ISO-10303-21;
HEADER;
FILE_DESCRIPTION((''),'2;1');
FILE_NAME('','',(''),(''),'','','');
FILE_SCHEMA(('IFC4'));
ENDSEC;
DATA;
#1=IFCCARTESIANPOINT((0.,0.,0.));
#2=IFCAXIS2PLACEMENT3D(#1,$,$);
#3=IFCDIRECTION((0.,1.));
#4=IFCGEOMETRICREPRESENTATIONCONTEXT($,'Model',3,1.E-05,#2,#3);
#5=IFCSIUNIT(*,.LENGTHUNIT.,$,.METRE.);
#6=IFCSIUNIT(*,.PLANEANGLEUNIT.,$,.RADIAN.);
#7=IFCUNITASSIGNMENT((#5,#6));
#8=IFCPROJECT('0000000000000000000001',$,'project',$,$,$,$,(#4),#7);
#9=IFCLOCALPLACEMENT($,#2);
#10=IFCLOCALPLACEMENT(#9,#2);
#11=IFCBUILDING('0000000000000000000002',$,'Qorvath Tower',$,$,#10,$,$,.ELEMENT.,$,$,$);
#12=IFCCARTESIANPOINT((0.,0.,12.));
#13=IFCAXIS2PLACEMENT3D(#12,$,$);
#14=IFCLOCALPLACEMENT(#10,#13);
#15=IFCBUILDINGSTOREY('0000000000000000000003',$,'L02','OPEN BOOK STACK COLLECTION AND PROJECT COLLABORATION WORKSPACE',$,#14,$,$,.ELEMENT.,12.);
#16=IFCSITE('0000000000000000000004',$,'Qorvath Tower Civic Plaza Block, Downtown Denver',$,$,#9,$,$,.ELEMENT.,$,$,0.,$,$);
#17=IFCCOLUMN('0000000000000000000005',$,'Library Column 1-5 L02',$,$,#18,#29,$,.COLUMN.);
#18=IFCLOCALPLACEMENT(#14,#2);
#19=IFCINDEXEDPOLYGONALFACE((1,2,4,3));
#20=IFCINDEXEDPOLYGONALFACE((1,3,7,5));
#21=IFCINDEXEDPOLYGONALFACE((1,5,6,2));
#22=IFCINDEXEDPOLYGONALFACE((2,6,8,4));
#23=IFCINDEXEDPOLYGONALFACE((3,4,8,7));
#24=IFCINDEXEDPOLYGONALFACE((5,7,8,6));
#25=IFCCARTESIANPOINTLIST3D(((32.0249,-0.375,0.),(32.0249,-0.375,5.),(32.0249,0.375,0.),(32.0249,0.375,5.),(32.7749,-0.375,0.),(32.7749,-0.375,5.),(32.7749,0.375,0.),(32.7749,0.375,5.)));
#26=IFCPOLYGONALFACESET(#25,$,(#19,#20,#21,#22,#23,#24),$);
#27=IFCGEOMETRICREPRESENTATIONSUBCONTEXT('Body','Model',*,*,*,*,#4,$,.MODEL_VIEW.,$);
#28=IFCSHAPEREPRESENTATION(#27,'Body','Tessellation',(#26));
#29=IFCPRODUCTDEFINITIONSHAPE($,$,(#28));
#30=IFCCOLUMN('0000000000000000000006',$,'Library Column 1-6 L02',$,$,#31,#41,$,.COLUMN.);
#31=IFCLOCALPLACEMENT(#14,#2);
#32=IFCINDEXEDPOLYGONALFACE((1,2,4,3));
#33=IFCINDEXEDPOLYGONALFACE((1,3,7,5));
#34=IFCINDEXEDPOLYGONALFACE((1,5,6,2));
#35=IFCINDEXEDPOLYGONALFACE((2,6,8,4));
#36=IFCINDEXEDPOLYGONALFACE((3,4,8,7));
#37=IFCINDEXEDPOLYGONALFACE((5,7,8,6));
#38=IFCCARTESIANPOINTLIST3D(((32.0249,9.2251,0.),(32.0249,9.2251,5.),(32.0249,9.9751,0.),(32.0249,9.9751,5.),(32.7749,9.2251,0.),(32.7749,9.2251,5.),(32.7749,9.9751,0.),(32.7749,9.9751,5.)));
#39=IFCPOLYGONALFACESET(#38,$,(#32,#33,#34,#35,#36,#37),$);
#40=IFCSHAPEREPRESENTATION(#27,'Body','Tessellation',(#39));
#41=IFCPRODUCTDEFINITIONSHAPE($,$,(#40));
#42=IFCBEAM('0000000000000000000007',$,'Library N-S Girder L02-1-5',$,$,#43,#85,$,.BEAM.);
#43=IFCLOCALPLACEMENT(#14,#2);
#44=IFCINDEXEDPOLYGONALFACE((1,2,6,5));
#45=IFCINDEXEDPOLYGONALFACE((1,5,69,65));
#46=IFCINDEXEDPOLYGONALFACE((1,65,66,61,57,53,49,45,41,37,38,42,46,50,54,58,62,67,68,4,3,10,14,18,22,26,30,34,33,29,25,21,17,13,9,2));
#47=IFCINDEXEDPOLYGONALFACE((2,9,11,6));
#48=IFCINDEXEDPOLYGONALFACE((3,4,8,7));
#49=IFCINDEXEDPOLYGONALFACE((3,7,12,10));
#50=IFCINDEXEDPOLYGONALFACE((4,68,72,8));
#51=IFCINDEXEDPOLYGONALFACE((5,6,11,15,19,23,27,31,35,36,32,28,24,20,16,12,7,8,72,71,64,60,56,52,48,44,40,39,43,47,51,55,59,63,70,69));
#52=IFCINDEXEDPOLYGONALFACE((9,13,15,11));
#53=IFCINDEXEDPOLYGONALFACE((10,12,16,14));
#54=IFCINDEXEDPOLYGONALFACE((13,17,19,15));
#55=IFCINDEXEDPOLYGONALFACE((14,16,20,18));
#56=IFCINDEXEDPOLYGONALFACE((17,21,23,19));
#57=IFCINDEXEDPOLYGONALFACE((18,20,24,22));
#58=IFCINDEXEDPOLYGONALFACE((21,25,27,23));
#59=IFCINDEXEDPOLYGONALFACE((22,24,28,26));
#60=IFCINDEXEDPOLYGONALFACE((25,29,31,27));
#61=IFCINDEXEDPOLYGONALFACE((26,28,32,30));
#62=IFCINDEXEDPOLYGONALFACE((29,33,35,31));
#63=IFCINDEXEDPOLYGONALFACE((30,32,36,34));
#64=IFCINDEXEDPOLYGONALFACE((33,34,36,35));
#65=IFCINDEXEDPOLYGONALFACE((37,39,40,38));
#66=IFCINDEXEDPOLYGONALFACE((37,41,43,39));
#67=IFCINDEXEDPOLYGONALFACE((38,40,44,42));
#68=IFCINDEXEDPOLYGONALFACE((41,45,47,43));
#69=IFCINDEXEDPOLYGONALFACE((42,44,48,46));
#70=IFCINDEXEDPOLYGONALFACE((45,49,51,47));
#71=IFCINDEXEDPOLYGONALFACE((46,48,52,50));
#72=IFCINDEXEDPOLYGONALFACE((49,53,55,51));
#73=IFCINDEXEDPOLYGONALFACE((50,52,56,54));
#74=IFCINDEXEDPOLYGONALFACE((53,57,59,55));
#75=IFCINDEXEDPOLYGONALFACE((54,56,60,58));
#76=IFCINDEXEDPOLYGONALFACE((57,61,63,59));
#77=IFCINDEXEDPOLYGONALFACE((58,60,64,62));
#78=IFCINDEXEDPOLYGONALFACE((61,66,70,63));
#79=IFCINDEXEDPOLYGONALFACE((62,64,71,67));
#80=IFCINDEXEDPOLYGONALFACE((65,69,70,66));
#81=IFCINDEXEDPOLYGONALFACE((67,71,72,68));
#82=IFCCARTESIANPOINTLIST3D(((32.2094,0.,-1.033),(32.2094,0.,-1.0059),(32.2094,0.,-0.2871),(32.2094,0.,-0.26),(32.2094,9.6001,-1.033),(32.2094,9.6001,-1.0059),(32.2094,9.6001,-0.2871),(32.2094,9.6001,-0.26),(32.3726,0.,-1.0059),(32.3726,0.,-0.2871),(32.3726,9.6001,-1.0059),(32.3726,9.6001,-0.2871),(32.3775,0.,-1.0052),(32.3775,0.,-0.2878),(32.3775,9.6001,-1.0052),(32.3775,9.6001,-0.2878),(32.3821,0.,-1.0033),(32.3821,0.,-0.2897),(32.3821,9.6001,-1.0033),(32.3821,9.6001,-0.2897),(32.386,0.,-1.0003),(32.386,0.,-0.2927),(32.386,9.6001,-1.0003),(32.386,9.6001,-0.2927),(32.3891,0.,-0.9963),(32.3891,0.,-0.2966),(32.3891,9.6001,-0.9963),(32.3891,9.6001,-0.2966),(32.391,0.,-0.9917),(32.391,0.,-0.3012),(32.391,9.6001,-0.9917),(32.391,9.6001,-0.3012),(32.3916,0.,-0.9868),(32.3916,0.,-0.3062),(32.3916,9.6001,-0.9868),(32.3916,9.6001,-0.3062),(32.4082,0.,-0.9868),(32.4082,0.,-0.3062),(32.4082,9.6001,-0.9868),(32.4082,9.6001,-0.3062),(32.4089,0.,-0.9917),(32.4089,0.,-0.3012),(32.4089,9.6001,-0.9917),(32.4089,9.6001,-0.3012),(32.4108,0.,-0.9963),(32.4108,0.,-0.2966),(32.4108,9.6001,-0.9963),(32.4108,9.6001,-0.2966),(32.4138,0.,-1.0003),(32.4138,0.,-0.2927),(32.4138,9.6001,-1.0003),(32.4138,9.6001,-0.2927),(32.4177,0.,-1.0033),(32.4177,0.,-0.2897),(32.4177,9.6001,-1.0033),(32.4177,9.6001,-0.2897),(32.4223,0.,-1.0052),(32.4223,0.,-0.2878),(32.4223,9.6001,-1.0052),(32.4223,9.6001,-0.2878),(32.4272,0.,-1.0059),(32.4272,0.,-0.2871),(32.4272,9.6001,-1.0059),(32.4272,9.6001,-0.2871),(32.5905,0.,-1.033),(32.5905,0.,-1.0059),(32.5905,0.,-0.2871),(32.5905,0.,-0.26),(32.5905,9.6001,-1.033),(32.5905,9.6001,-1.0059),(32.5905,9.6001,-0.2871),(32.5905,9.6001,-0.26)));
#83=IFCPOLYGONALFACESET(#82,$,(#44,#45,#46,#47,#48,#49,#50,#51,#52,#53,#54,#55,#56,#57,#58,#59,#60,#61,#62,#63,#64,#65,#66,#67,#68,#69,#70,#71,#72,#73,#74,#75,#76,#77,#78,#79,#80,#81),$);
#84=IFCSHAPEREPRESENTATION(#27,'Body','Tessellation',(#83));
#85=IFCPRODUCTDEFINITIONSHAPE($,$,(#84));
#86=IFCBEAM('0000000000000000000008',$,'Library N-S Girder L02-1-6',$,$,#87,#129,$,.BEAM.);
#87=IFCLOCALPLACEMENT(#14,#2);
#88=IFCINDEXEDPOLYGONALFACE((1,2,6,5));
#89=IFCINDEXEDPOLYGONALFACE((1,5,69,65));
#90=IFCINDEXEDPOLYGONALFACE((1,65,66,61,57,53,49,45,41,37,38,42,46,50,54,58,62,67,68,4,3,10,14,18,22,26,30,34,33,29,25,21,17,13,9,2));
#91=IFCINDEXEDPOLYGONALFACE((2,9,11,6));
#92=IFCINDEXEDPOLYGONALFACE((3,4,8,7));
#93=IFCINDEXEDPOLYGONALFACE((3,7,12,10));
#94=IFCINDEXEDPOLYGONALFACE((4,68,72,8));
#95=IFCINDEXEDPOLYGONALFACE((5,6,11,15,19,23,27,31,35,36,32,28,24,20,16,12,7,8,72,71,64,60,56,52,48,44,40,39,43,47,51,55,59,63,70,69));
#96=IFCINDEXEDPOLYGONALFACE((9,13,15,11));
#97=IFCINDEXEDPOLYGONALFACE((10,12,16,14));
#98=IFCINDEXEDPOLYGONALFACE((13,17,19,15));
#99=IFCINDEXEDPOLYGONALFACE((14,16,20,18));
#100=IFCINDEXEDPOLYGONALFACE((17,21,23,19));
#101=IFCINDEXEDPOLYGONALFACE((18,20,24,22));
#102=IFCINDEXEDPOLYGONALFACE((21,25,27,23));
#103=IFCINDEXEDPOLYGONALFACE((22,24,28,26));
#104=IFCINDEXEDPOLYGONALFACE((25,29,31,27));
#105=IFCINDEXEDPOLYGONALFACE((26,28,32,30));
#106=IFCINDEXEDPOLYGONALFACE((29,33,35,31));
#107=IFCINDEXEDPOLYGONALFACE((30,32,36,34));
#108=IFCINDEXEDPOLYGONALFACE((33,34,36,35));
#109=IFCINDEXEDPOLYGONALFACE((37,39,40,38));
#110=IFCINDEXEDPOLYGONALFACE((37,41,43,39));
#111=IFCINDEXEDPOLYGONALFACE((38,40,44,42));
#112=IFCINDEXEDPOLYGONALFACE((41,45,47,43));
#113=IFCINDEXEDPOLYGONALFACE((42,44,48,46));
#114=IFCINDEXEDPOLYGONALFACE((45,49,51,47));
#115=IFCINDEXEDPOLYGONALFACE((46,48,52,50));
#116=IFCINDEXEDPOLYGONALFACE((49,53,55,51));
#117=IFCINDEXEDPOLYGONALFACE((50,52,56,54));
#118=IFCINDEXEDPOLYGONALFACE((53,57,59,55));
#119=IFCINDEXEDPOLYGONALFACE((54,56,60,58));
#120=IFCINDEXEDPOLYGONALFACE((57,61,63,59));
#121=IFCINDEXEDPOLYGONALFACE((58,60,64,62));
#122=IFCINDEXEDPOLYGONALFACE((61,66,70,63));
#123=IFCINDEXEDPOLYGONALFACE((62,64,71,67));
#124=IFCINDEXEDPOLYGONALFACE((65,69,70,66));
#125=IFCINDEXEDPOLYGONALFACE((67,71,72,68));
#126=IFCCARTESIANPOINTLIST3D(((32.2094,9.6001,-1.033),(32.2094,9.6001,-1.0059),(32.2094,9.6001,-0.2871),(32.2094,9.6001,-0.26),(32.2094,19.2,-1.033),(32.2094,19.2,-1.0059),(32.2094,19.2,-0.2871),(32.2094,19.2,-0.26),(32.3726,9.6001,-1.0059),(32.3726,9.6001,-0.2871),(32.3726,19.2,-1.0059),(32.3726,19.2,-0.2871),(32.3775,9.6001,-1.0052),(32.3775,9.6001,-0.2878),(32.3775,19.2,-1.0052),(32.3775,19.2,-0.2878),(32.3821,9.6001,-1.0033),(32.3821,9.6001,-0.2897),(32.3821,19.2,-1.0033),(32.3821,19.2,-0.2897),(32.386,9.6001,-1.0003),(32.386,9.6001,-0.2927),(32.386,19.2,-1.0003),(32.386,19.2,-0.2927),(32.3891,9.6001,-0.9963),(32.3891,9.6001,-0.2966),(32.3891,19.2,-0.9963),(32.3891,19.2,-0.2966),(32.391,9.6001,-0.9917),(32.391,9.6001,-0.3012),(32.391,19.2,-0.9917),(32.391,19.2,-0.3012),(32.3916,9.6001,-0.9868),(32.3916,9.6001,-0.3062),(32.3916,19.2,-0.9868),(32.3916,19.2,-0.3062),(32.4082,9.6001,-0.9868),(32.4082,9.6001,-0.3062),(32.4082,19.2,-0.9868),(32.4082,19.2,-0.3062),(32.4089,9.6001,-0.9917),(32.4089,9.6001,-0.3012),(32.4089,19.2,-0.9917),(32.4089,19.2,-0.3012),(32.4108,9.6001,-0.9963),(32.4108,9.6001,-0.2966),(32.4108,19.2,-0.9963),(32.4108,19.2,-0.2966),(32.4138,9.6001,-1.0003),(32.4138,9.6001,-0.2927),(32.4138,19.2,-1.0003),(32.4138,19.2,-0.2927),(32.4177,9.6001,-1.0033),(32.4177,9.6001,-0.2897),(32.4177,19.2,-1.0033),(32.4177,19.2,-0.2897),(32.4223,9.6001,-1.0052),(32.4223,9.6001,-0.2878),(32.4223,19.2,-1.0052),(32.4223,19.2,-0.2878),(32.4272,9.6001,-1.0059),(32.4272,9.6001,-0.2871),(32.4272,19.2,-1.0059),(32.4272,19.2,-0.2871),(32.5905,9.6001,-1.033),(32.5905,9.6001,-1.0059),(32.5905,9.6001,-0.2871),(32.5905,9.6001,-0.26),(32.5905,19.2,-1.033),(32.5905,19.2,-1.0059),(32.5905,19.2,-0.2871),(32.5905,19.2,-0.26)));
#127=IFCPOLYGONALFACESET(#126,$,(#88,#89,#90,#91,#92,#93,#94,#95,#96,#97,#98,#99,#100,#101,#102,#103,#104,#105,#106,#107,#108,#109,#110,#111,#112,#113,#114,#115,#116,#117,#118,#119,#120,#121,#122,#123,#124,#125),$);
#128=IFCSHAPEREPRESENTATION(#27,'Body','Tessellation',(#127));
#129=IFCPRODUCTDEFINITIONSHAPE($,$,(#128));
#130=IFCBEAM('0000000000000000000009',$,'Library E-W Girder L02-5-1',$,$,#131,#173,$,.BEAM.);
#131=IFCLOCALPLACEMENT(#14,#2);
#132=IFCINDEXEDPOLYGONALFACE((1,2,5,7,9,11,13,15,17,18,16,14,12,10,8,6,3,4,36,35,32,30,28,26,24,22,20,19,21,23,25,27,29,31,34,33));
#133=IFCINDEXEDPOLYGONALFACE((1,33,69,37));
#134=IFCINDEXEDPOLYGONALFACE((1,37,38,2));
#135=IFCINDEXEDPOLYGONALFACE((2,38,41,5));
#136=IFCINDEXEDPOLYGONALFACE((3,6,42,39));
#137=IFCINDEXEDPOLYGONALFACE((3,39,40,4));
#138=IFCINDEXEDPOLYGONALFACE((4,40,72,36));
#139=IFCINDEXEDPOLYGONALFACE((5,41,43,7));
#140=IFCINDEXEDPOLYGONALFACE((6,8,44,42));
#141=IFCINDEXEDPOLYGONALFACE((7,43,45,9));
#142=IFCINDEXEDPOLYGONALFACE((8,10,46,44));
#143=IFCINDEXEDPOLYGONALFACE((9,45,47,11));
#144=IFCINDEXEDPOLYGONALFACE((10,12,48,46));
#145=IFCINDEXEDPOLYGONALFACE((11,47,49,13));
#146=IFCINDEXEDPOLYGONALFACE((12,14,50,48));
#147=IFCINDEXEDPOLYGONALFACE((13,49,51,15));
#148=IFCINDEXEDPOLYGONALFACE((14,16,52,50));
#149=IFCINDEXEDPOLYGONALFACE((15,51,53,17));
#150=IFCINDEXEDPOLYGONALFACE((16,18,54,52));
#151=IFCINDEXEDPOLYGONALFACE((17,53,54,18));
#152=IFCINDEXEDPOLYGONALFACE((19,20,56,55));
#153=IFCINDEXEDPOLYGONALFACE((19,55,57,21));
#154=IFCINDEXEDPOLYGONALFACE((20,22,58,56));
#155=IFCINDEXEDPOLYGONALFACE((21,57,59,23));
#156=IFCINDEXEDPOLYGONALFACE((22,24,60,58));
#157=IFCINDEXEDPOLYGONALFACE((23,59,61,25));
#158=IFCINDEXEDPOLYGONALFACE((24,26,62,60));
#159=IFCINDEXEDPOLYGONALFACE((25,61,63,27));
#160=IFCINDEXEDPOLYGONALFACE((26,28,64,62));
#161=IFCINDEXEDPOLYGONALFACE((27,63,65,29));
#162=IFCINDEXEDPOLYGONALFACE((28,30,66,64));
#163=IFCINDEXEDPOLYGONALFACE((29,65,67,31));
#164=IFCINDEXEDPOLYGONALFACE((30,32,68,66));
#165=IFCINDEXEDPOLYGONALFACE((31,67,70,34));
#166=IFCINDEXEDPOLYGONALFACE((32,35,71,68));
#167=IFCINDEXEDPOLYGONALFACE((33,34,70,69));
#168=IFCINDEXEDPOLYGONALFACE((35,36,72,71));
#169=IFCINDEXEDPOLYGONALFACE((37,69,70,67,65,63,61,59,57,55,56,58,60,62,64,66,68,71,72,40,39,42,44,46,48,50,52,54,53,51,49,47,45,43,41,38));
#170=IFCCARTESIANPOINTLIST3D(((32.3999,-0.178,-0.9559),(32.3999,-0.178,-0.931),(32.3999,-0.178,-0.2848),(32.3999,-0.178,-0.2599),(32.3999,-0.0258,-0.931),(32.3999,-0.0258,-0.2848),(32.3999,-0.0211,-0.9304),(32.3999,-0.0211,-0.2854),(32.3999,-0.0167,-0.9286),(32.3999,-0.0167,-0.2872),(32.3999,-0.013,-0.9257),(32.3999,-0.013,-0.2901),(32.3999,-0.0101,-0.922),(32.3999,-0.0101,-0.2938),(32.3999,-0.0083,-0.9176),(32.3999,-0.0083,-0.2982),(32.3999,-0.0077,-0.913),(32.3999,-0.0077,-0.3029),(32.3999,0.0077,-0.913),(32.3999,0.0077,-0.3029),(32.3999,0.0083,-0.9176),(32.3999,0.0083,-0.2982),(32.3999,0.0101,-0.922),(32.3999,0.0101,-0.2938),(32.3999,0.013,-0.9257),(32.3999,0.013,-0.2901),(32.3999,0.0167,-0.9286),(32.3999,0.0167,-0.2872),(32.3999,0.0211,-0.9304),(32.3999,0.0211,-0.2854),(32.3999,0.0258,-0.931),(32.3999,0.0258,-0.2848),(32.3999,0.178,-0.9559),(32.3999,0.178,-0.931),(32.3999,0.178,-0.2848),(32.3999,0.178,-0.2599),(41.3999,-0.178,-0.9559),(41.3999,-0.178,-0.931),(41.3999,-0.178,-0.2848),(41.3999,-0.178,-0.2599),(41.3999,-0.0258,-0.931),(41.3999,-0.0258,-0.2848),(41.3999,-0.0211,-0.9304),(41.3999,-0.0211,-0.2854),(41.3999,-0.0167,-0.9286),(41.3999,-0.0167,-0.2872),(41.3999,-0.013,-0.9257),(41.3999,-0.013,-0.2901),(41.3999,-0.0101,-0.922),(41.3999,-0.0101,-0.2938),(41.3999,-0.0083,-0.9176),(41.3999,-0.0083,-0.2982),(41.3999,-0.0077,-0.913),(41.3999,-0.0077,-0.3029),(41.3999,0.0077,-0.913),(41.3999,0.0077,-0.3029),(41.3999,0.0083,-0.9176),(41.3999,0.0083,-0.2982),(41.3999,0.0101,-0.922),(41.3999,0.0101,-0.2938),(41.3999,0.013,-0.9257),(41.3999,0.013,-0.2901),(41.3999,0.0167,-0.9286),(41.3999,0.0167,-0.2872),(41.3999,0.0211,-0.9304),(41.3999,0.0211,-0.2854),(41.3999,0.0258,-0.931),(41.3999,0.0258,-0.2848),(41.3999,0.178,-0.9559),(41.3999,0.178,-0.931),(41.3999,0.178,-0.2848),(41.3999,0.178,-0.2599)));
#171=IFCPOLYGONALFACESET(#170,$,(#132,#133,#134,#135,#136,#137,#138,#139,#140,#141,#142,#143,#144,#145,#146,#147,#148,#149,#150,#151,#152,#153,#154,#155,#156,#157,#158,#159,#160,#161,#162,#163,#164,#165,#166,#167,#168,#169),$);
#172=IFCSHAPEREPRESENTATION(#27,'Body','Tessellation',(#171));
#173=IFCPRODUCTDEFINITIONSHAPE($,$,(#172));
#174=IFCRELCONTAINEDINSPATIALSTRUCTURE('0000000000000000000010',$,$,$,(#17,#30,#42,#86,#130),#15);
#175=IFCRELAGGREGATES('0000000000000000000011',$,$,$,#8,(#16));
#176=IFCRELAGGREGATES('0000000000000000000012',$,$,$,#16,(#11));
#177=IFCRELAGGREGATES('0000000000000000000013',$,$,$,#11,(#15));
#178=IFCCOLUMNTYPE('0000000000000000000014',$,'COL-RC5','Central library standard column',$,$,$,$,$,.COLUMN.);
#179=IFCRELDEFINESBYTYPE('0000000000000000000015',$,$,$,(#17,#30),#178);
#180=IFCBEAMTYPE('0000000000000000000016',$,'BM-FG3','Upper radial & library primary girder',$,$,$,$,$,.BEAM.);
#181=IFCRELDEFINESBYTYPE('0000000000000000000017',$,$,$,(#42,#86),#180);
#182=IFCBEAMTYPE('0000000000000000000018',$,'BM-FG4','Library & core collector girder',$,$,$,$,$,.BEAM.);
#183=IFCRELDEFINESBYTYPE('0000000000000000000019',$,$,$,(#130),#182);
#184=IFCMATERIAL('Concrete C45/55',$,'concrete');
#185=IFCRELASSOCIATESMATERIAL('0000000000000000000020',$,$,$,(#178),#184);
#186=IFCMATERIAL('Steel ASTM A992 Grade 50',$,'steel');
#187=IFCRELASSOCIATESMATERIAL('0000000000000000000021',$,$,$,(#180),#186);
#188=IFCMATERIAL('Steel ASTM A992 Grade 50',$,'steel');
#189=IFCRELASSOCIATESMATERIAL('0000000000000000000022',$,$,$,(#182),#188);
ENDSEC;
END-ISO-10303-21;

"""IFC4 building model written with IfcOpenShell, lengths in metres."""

from ifc_helpers import new_model, si_unit, direction, frame, origin, origin_2d, place, context, subcontext, project, spatial, rectangle, i_section, extrude, material, material_profile, profile_set, type_object, element, save


model = new_model("IFC4")

# Units and contexts
model_context = context("Model", 3, precision=1e-05, world=origin(), true_north=direction((0.0, 1.0)))
body_context = subcontext(model_context, "Body", "Model", "MODEL_VIEW")
ifc_project = project(units=[si_unit("LENGTHUNIT", "METRE"), si_unit("PLANEANGLEUNIT", "RADIAN")], contexts=[model_context])

# Site, building, storey
site_placement = place(None, origin())
site = spatial("IfcSite", under=ifc_project, at=site_placement, Name="Qorvath Tower Civic Plaza Block, Downtown Denver", CompositionType="ELEMENT", RefElevation=0.0)
building_placement = place(site_placement, origin())
building = spatial("IfcBuilding", under=site, at=building_placement, Name="Qorvath Tower", CompositionType="ELEMENT")
storey_placement = place(building_placement, frame((0.0, 0.0, 12.0)))
storey = spatial("IfcBuildingStorey", under=building, at=storey_placement, Name="L02", Description="OPEN BOOK STACK COLLECTION AND PROJECT COLLABORATION WORKSPACE", CompositionType="ELEMENT", Elevation=12.0)

# Columns
ifc_material_1 = material(Name="Concrete C45/55", Category="concrete")
ifc_material_profile_1 = material_profile(ifc_material_1, rectangle(XDim=0.75, YDim=0.75, at=origin_2d()), Name="RC 750x750")
ifc_profile_set_1 = profile_set([ifc_material_profile_1], Name="Concrete C45/55")
column_type = type_object("IfcColumnType", Name="COL-RC5", Description="Central library standard column", PredefinedType="COLUMN", material=ifc_profile_set_1)
for number, where, z_axis, x_axis, name in (
    (1, (32.3999, 0.0, 0.0), (0.0, 0.0, 1.0), (1.0, 0.0, 0.0), "Library Column 1-5 L02"),
    (2, (32.3999, 9.6001, 0.0), (0.0, 0.0, 1.0), (1.0, 0.0, 0.0), "Library Column 1-6 L02"),
):
    element("IfcColumn", number, at=place(storey_placement, frame(where, z_axis=z_axis, x_axis=x_axis)), inside=storey, type_object=column_type, Name=name, PredefinedType="COLUMN", context=body_context, shape_type="SweptSolid", body=[
        extrude(rectangle(XDim=0.75, YDim=0.75, at=origin_2d()), origin(), (0.0, 0.0, 1.0), 5.0),
    ])

# Beams
ifc_material_2 = material(Name="Steel ASTM A992 Grade 50", Category="steel")
ifc_material_profile_2 = material_profile(ifc_material_2, i_section(OverallWidth=0.3811, OverallDepth=0.7729, WebThickness=0.0166, FlangeThickness=0.0271, FilletRadius=0.019, at=origin_2d()), Name="W30x173")
ifc_profile_set_2 = profile_set([ifc_material_profile_2], Name="Steel ASTM A992 Grade 50")
beam_type_1 = type_object("IfcBeamType", Name="BM-FG3", Description="Upper radial & library primary girder", PredefinedType="BEAM", material=ifc_profile_set_2)
beam_1_placement = place(storey_placement, frame((32.3999, 0.0, -0.6465), z_axis=(0.0, 1.0, 0.0), x_axis=(-1.0, 0.0, 0.0)))
element("IfcBeam", 3, at=beam_1_placement, inside=storey, type_object=beam_type_1, Name="Library N-S Girder L02-1-5", PredefinedType="BEAM", context=body_context, shape_type="SweptSolid", body=[
    extrude(i_section(OverallWidth=0.3811, OverallDepth=0.7729, WebThickness=0.0166, FlangeThickness=0.0271, FilletRadius=0.019, at=origin_2d()), origin(), (0.0, 0.0, 1.0), 9.6001),
])
beam_2_placement = place(storey_placement, frame((32.3999, 9.6001, -0.6465), z_axis=(0.0, 1.0, 0.0), x_axis=(-1.0, 0.0, 0.0)))
element("IfcBeam", 4, at=beam_2_placement, inside=storey, type_object=beam_type_1, Name="Library N-S Girder L02-1-6", PredefinedType="BEAM", context=body_context, shape_type="SweptSolid", body=[
    extrude(i_section(OverallWidth=0.3811, OverallDepth=0.7729, WebThickness=0.0166, FlangeThickness=0.0271, FilletRadius=0.019, at=origin_2d()), origin(), (0.0, 0.0, 1.0), 9.5999),
])
ifc_material_3 = material(Name="Steel ASTM A992 Grade 50", Category="steel")
ifc_material_profile_3 = material_profile(ifc_material_3, i_section(OverallWidth=0.356, OverallDepth=0.696, WebThickness=0.0154, FlangeThickness=0.0249, FilletRadius=0.0181, at=origin_2d()), Name="W27x146")
ifc_profile_set_3 = profile_set([ifc_material_profile_3], Name="Steel ASTM A992 Grade 50")
beam_type_2 = type_object("IfcBeamType", Name="BM-FG4", Description="Library & core collector girder", PredefinedType="BEAM", material=ifc_profile_set_3)
for number, where, z_axis, x_axis, name in (
    (5, (32.3999, 0.0, -0.6079), (1.0, 0.0, 0.0), (0.0, 1.0, 0.0), "Library E-W Girder L02-5-1"),
):
    element("IfcBeam", number, at=place(storey_placement, frame(where, z_axis=z_axis, x_axis=x_axis)), inside=storey, type_object=beam_type_2, Name=name, PredefinedType="BEAM", context=body_context, shape_type="SweptSolid", body=[
        extrude(i_section(OverallWidth=0.356, OverallDepth=0.696, WebThickness=0.0154, FlangeThickness=0.0249, FilletRadius=0.0181, at=origin_2d()), origin(), (0.0, 0.0, 1.0), 9.0),
    ])

save(model, "model.ifc")
